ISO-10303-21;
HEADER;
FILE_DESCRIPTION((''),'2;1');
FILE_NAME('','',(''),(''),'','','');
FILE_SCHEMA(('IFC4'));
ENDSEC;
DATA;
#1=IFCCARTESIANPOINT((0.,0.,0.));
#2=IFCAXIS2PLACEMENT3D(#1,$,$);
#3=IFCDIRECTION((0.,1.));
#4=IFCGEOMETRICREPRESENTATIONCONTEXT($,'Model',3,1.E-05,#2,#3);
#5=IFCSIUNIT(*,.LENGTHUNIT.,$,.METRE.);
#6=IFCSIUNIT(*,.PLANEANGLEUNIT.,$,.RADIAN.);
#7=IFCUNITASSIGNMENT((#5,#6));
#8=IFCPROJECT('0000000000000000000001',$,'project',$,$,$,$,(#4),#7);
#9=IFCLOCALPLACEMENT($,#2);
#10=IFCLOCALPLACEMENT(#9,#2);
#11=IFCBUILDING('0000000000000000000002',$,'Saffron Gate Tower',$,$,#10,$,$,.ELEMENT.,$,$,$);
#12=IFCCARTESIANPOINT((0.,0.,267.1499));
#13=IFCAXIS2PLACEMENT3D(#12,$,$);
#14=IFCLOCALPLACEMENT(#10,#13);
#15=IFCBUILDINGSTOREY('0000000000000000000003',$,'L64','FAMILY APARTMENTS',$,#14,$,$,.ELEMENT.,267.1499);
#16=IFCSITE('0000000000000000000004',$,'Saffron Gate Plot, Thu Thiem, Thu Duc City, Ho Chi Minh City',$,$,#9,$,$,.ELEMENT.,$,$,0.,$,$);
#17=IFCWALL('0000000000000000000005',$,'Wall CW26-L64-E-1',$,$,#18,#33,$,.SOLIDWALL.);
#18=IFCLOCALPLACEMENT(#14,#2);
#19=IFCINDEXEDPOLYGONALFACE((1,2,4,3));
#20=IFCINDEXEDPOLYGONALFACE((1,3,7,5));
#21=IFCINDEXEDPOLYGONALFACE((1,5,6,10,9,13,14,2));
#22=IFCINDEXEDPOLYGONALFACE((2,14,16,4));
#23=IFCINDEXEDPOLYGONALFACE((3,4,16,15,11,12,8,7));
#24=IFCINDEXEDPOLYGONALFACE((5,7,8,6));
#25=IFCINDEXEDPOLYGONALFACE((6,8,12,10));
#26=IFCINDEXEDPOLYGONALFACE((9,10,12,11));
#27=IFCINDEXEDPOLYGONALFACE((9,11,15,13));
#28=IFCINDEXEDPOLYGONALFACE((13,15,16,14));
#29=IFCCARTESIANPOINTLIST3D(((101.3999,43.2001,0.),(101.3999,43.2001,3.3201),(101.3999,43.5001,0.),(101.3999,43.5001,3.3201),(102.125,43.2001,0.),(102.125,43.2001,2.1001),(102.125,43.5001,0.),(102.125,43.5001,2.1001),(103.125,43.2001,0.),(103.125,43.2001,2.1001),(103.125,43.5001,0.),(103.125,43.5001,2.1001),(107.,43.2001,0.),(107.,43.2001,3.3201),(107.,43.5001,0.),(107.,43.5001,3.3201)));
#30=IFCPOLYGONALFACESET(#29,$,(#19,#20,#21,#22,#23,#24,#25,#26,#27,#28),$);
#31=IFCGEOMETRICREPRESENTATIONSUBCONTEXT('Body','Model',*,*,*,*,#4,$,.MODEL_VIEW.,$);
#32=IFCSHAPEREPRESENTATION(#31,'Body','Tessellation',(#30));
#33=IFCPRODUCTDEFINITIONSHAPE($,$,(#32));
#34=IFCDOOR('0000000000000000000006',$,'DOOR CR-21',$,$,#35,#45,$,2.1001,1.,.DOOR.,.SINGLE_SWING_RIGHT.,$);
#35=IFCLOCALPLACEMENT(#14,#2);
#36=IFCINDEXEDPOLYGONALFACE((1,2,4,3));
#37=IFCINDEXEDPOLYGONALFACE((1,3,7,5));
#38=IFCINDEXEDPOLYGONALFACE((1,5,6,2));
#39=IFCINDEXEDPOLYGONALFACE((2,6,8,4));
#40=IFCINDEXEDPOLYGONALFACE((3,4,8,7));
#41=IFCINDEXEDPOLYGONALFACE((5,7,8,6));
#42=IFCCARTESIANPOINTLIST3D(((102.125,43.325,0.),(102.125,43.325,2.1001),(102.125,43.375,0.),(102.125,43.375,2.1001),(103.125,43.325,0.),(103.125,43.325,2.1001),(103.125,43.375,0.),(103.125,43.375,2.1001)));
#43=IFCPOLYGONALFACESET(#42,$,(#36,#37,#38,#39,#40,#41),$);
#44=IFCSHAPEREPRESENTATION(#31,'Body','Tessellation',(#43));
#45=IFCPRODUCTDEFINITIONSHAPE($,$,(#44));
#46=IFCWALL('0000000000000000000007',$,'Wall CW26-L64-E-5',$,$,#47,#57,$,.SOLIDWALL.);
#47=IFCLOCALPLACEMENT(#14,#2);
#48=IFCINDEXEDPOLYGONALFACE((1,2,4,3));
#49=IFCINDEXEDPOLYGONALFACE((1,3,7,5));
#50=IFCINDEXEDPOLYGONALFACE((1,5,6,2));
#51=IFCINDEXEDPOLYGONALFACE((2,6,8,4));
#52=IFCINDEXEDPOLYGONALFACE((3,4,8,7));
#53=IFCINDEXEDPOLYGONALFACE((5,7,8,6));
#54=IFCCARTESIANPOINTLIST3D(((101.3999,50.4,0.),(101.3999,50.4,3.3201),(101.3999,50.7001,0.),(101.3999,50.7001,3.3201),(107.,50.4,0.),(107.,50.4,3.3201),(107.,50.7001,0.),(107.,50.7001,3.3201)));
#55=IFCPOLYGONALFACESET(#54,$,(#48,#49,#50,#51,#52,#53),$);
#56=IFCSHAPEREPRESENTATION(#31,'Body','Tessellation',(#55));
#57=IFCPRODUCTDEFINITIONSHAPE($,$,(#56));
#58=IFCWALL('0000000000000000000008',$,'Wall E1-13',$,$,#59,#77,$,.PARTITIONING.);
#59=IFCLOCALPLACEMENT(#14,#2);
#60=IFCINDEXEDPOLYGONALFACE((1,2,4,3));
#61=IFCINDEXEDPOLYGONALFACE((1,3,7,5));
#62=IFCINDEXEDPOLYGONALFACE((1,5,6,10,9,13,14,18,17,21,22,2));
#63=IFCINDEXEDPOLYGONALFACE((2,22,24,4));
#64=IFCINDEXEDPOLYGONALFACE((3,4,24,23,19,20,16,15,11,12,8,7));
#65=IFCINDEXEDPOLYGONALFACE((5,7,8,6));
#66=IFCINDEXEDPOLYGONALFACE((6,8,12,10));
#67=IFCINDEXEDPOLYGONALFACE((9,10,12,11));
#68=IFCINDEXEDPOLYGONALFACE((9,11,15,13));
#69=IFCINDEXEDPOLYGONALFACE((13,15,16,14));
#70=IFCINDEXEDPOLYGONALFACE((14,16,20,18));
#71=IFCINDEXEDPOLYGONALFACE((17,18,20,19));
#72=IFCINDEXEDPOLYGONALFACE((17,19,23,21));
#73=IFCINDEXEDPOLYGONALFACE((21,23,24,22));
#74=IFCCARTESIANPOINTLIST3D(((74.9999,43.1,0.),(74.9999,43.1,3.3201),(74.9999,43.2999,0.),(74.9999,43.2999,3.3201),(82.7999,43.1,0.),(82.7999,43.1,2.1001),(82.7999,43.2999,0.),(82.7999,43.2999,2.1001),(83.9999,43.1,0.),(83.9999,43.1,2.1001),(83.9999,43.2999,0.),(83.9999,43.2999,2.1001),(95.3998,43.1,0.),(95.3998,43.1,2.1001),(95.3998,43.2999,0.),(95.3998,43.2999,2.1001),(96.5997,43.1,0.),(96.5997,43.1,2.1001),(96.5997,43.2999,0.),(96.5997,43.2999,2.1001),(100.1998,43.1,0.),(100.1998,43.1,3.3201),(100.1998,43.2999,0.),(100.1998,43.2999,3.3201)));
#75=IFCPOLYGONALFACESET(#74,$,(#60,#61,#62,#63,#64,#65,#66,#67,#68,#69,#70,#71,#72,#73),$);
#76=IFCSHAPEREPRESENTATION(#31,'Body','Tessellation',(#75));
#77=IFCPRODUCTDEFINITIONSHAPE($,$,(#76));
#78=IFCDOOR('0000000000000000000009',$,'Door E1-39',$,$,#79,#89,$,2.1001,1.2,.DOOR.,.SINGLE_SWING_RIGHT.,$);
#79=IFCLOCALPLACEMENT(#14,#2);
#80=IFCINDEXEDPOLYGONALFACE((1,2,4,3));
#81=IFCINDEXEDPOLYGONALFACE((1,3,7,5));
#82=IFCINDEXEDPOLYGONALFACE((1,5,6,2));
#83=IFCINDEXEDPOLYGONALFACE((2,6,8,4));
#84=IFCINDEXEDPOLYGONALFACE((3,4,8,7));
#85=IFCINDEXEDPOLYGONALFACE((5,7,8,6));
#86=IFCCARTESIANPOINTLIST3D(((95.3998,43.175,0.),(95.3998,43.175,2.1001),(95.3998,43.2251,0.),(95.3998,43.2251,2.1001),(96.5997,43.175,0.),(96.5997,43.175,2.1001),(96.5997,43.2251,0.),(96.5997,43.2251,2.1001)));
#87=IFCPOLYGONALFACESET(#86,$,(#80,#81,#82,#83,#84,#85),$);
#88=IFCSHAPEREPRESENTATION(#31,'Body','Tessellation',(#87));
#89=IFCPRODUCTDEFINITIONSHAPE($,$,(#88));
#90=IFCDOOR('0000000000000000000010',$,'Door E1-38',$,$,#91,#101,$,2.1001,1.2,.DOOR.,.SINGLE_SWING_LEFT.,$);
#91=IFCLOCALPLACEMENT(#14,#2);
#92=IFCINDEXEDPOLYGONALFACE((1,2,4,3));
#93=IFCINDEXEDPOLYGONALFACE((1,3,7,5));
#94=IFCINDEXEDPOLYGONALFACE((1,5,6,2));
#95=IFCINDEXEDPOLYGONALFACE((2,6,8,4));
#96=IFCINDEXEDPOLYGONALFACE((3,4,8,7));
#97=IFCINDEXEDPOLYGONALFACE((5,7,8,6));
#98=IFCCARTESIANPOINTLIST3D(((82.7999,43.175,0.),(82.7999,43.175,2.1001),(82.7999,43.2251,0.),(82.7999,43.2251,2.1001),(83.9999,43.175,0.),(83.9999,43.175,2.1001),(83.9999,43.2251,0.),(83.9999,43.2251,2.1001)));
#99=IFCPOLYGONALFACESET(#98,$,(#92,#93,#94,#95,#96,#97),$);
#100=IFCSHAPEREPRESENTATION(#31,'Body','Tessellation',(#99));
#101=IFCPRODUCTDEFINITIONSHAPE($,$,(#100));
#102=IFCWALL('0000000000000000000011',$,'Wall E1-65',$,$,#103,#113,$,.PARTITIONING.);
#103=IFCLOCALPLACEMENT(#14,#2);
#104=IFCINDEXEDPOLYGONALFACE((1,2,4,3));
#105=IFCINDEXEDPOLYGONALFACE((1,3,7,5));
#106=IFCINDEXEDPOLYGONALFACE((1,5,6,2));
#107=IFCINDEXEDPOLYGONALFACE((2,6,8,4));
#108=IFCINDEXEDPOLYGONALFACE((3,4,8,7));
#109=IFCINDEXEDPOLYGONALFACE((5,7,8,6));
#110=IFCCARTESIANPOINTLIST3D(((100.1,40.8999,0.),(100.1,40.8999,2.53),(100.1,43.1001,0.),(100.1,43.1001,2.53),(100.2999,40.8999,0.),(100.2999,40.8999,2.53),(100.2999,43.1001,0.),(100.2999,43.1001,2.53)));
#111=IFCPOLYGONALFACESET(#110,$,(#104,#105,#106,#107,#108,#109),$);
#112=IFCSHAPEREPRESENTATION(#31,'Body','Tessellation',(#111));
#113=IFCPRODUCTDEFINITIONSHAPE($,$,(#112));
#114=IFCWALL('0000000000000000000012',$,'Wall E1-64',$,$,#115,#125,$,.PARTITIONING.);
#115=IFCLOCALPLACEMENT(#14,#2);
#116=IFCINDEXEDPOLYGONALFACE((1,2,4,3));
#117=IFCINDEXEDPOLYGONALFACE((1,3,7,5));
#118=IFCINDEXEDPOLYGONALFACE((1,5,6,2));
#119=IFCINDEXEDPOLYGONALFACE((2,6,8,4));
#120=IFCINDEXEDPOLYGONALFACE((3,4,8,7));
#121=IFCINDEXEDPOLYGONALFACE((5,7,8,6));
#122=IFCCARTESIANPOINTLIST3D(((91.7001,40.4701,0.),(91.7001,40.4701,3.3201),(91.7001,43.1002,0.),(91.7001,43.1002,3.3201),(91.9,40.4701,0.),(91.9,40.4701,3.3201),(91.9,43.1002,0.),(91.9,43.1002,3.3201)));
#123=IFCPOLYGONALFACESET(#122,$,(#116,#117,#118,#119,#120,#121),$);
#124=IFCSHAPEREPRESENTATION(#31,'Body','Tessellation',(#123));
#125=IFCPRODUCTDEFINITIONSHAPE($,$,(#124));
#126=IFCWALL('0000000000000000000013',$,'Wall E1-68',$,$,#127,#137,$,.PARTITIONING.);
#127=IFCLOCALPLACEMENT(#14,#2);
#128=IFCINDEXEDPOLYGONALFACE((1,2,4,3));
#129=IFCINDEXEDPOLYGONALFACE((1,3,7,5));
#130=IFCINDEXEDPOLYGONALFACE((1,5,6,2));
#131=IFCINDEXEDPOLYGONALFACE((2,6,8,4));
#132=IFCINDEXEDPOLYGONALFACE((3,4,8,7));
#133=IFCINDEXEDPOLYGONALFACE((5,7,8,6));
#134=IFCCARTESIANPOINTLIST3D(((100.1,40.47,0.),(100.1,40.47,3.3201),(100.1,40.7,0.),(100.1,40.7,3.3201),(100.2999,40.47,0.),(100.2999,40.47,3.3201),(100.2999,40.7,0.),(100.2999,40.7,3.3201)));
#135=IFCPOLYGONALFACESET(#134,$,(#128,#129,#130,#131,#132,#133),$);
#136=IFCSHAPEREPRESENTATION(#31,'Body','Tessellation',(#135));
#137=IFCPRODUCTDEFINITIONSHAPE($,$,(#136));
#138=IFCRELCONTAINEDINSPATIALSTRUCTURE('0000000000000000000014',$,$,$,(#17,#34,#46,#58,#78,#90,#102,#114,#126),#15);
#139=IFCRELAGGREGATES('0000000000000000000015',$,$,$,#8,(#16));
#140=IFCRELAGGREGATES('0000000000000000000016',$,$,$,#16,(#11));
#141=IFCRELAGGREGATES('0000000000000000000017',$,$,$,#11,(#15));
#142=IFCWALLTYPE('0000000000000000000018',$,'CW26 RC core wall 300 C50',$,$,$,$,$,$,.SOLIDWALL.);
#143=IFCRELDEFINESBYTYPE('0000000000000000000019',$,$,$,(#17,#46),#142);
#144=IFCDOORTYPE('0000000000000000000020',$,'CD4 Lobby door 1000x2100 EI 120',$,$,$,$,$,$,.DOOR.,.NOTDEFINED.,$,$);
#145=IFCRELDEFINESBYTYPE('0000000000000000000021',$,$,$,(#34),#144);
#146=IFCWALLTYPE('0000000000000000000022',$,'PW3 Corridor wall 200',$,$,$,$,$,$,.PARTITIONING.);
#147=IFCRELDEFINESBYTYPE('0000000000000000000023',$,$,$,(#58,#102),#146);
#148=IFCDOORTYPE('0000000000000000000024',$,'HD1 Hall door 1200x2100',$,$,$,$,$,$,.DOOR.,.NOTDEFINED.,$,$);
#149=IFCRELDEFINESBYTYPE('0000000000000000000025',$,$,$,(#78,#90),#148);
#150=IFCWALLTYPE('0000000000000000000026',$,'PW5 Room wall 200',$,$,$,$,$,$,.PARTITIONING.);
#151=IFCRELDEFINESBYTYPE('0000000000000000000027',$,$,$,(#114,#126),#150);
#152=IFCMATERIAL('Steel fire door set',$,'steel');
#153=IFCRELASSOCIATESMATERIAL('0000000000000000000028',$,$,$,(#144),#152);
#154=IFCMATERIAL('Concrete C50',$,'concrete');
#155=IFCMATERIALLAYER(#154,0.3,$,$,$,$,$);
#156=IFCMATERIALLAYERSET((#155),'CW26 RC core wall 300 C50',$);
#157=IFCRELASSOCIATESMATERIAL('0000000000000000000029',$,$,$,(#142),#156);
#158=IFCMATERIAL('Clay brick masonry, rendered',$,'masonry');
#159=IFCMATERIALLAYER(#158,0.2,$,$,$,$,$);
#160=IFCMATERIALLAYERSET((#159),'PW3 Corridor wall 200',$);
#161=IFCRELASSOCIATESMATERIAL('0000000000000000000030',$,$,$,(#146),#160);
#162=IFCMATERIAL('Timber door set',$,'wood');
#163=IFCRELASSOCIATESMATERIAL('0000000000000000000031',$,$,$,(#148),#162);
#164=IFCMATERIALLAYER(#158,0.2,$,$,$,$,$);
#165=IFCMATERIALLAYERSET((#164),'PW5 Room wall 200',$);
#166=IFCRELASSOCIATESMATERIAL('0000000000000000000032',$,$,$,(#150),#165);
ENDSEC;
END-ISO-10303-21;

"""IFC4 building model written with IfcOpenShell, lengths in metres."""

from ifc_helpers import new_model, si_unit, direction, frame, frame_2d, origin, place, context, subcontext, project, spatial, rectangle, extrude, material, layer, layer_set, type_object, element, fill, save


model = new_model("IFC4")

# Units and contexts
model_context = context("Model", 3, precision=1e-05, world=origin(), true_north=direction((0.0, 1.0)))
body_context = subcontext(model_context, "Body", "Model", "MODEL_VIEW")
ifc_project = project(units=[si_unit("LENGTHUNIT", "METRE"), si_unit("PLANEANGLEUNIT", "RADIAN")], contexts=[model_context])

# Site, building, storey
site_placement = place(None, origin())
site = spatial("IfcSite", under=ifc_project, at=site_placement, Name="Saffron Gate Plot, Thu Thiem, Thu Duc City, Ho Chi Minh City", CompositionType="ELEMENT", RefElevation=0.0)
building_placement = place(site_placement, origin())
building = spatial("IfcBuilding", under=site, at=building_placement, Name="Saffron Gate Tower", CompositionType="ELEMENT")
storey_placement = place(building_placement, frame((0.0, 0.0, 267.1499)))
storey = spatial("IfcBuildingStorey", under=building, at=storey_placement, Name="L64", Description="FAMILY APARTMENTS", CompositionType="ELEMENT", Elevation=267.1499)

# Wall, opening, door
ifc_material_1 = material(Name="Steel fire door set", Category="steel")
door_type_1 = type_object("IfcDoorType", Name="CD4 Lobby door 1000x2100 EI 120", OperationType="NOTDEFINED", PredefinedType="DOOR", material=ifc_material_1)
ifc_material_2 = material(Name="Concrete C50", Category="concrete")
ifc_layer_1 = layer(ifc_material_2, 0.3)
ifc_layer_set_1 = layer_set([ifc_layer_1], Name="CW26 RC core wall 300 C50")
wall_type_1 = type_object("IfcWallType", Name="CW26 RC core wall 300 C50", PredefinedType="SOLIDWALL", material=ifc_layer_set_1)
wall_1_placement = place(storey_placement, frame((101.3999, 43.3501, 0.0), z_axis=(0.0, 0.0, 1.0), x_axis=(1.0, 0.0, 0.0)))
wall_1 = element("IfcWall", 1, at=wall_1_placement, inside=storey, type_object=wall_type_1, Name="Wall CW26-L64-E-1", PredefinedType="SOLIDWALL", context=body_context, shape_type="SweptSolid", body=[
    extrude(rectangle(XDim=5.6001, YDim=0.3, at=frame_2d((2.8, 0.0))), origin(), (0.0, 0.0, 1.0), 3.3201),
])
opening_1_placement = place(wall_1_placement, frame((0.7251, 0.0, 0.0)))
opening_1 = element("IfcOpeningElement", 2, at=opening_1_placement, cuts=wall_1, PredefinedType="OPENING", context=body_context, shape_type="SweptSolid", body=[
    extrude(rectangle(XDim=1.0, YDim=2.1001, at=frame_2d((0.5, 1.05))), frame((0.0, 0.1602, 0.0), z_axis=(0.0, -1.0, 0.0), x_axis=(1.0, 0.0, 0.0)), (0.0, 0.0, 1.0), 0.3201),
])
door_1_placement = place(opening_1_placement, origin())
door_1 = element("IfcDoor", 3, at=door_1_placement, inside=storey, type_object=door_type_1, Name="DOOR CR-21", OperationType="SINGLE_SWING_RIGHT", OverallHeight=2.1001, OverallWidth=1.0, PredefinedType="DOOR", context=body_context, shape_type="SweptSolid", body=[
    extrude(rectangle(XDim=1.0, YDim=2.1001, at=frame_2d((0.5, 1.05))), frame((0.0, 0.0249, 0.0), z_axis=(0.0, -1.0, 0.0), x_axis=(1.0, 0.0, 0.0)), (0.0, 0.0, 1.0), 0.05),
])
fill(opening_1, door_1)

# Wall
wall_2_placement = place(storey_placement, frame((101.3999, 50.55, 0.0), z_axis=(0.0, 0.0, 1.0), x_axis=(1.0, 0.0, 0.0)))
element("IfcWall", 4, at=wall_2_placement, inside=storey, type_object=wall_type_1, Name="Wall CW26-L64-E-5", PredefinedType="SOLIDWALL", context=body_context, shape_type="SweptSolid", body=[
    extrude(rectangle(XDim=5.6001, YDim=0.3, at=frame_2d((2.8, 0.0))), origin(), (0.0, 0.0, 1.0), 3.3201),
])

# Wall, openings, doors
ifc_material_3 = material(Name="Clay brick masonry, rendered", Category="masonry")
ifc_layer_2 = layer(ifc_material_3, 0.2)
ifc_layer_set_2 = layer_set([ifc_layer_2], Name="PW3 Corridor wall 200")
wall_type_2 = type_object("IfcWallType", Name="PW3 Corridor wall 200", PredefinedType="PARTITIONING", material=ifc_layer_set_2)
wall_3_placement = place(storey_placement, frame((100.2, 43.2, 0.0), z_axis=(0.0, 0.0, 1.0), x_axis=(-1.0, 0.0, 0.0)))
wall_3 = element("IfcWall", 5, at=wall_3_placement, inside=storey, type_object=wall_type_2, Name="Wall E1-13", PredefinedType="PARTITIONING", context=body_context, shape_type="SweptSolid", body=[
    extrude(rectangle(XDim=25.2, YDim=0.2, at=frame_2d((12.6001, 0.0))), origin(), (0.0, 0.0, 1.0), 3.3201),
])
opening_2_placement = place(wall_3_placement, frame((3.6001, 0.0, 0.0)))
opening_2 = element("IfcOpeningElement", 6, at=opening_2_placement, cuts=wall_3, PredefinedType="OPENING", context=body_context, shape_type="SweptSolid", body=[
    extrude(rectangle(XDim=1.2, YDim=2.1001, at=frame_2d((0.6001, 1.05))), frame((0.0, 0.1099, 0.0), z_axis=(0.0, -1.0, 0.0), x_axis=(1.0, 0.0, 0.0)), (0.0, 0.0, 1.0), 0.22),
])
opening_3_placement = place(wall_3_placement, frame((16.2, 0.0, 0.0)))
opening_3 = element("IfcOpeningElement", 7, at=opening_3_placement, cuts=wall_3, PredefinedType="OPENING", context=body_context, shape_type="SweptSolid", body=[
    extrude(rectangle(XDim=1.2, YDim=2.1001, at=frame_2d((0.6001, 1.05))), frame((0.0, 0.1099, 0.0), z_axis=(0.0, -1.0, 0.0), x_axis=(1.0, 0.0, 0.0)), (0.0, 0.0, 1.0), 0.22),
])
ifc_material_4 = material(Name="Timber door set", Category="wood")
door_type_2 = type_object("IfcDoorType", Name="HD1 Hall door 1200x2100", OperationType="NOTDEFINED", PredefinedType="DOOR", material=ifc_material_4)
door_2_placement = place(opening_2_placement, origin())
door_2 = element("IfcDoor", 8, at=door_2_placement, inside=storey, type_object=door_type_2, Name="Door E1-39", OperationType="SINGLE_SWING_RIGHT", OverallHeight=2.1001, OverallWidth=1.2, PredefinedType="DOOR", context=body_context, shape_type="SweptSolid", body=[
    extrude(rectangle(XDim=1.2, YDim=2.1001, at=frame_2d((0.6001, 1.05))), frame((0.0, 0.0249, 0.0), z_axis=(0.0, -1.0, 0.0), x_axis=(1.0, 0.0, 0.0)), (0.0, 0.0, 1.0), 0.05),
])
fill(opening_2, door_2)
door_3_placement = place(opening_3_placement, origin())
door_3 = element("IfcDoor", 9, at=door_3_placement, inside=storey, type_object=door_type_2, Name="Door E1-38", OperationType="SINGLE_SWING_LEFT", OverallHeight=2.1001, OverallWidth=1.2, PredefinedType="DOOR", context=body_context, shape_type="SweptSolid", body=[
    extrude(rectangle(XDim=1.2, YDim=2.1001, at=frame_2d((0.6001, 1.05))), frame((0.0, 0.0249, 0.0), z_axis=(0.0, -1.0, 0.0), x_axis=(1.0, 0.0, 0.0)), (0.0, 0.0, 1.0), 0.05),
])
fill(opening_3, door_3)

# Walls
wall_4_placement = place(storey_placement, frame((100.2, 43.1001, 0.0), z_axis=(0.0, 0.0, 1.0), x_axis=(0.0, -1.0, 0.0)))
element("IfcWall", 10, at=wall_4_placement, inside=storey, type_object=wall_type_2, Name="Wall E1-65", PredefinedType="PARTITIONING", context=body_context, shape_type="SweptSolid", body=[
    extrude(rectangle(XDim=2.2002, YDim=0.2, at=frame_2d((1.1001, 0.0))), origin(), (0.0, 0.0, 1.0), 2.53),
])
ifc_layer_3 = layer(ifc_material_3, 0.2)
ifc_layer_set_3 = layer_set([ifc_layer_3], Name="PW5 Room wall 200")
wall_type_3 = type_object("IfcWallType", Name="PW5 Room wall 200", PredefinedType="PARTITIONING", material=ifc_layer_set_3)
wall_5_placement = place(storey_placement, frame((91.8, 43.1001, 0.0), z_axis=(0.0, 0.0, 1.0), x_axis=(0.0, -1.0, 0.0)))
element("IfcWall", 11, at=wall_5_placement, inside=storey, type_object=wall_type_3, Name="Wall E1-64", PredefinedType="PARTITIONING", context=body_context, shape_type="SweptSolid", body=[
    extrude(rectangle(XDim=2.6301, YDim=0.2, at=frame_2d((1.3149, 0.0))), origin(), (0.0, 0.0, 1.0), 3.3201),
])
wall_6_placement = place(storey_placement, frame((100.2, 40.7, 0.0), z_axis=(0.0, 0.0, 1.0), x_axis=(0.0, -1.0, 0.0)))
element("IfcWall", 12, at=wall_6_placement, inside=storey, type_object=wall_type_3, Name="Wall E1-68", PredefinedType="PARTITIONING", context=body_context, shape_type="SweptSolid", body=[
    extrude(rectangle(XDim=0.23, YDim=0.2, at=frame_2d((0.115, 0.0))), origin(), (0.0, 0.0, 1.0), 3.3201),
])

save(model, "model.ifc")
